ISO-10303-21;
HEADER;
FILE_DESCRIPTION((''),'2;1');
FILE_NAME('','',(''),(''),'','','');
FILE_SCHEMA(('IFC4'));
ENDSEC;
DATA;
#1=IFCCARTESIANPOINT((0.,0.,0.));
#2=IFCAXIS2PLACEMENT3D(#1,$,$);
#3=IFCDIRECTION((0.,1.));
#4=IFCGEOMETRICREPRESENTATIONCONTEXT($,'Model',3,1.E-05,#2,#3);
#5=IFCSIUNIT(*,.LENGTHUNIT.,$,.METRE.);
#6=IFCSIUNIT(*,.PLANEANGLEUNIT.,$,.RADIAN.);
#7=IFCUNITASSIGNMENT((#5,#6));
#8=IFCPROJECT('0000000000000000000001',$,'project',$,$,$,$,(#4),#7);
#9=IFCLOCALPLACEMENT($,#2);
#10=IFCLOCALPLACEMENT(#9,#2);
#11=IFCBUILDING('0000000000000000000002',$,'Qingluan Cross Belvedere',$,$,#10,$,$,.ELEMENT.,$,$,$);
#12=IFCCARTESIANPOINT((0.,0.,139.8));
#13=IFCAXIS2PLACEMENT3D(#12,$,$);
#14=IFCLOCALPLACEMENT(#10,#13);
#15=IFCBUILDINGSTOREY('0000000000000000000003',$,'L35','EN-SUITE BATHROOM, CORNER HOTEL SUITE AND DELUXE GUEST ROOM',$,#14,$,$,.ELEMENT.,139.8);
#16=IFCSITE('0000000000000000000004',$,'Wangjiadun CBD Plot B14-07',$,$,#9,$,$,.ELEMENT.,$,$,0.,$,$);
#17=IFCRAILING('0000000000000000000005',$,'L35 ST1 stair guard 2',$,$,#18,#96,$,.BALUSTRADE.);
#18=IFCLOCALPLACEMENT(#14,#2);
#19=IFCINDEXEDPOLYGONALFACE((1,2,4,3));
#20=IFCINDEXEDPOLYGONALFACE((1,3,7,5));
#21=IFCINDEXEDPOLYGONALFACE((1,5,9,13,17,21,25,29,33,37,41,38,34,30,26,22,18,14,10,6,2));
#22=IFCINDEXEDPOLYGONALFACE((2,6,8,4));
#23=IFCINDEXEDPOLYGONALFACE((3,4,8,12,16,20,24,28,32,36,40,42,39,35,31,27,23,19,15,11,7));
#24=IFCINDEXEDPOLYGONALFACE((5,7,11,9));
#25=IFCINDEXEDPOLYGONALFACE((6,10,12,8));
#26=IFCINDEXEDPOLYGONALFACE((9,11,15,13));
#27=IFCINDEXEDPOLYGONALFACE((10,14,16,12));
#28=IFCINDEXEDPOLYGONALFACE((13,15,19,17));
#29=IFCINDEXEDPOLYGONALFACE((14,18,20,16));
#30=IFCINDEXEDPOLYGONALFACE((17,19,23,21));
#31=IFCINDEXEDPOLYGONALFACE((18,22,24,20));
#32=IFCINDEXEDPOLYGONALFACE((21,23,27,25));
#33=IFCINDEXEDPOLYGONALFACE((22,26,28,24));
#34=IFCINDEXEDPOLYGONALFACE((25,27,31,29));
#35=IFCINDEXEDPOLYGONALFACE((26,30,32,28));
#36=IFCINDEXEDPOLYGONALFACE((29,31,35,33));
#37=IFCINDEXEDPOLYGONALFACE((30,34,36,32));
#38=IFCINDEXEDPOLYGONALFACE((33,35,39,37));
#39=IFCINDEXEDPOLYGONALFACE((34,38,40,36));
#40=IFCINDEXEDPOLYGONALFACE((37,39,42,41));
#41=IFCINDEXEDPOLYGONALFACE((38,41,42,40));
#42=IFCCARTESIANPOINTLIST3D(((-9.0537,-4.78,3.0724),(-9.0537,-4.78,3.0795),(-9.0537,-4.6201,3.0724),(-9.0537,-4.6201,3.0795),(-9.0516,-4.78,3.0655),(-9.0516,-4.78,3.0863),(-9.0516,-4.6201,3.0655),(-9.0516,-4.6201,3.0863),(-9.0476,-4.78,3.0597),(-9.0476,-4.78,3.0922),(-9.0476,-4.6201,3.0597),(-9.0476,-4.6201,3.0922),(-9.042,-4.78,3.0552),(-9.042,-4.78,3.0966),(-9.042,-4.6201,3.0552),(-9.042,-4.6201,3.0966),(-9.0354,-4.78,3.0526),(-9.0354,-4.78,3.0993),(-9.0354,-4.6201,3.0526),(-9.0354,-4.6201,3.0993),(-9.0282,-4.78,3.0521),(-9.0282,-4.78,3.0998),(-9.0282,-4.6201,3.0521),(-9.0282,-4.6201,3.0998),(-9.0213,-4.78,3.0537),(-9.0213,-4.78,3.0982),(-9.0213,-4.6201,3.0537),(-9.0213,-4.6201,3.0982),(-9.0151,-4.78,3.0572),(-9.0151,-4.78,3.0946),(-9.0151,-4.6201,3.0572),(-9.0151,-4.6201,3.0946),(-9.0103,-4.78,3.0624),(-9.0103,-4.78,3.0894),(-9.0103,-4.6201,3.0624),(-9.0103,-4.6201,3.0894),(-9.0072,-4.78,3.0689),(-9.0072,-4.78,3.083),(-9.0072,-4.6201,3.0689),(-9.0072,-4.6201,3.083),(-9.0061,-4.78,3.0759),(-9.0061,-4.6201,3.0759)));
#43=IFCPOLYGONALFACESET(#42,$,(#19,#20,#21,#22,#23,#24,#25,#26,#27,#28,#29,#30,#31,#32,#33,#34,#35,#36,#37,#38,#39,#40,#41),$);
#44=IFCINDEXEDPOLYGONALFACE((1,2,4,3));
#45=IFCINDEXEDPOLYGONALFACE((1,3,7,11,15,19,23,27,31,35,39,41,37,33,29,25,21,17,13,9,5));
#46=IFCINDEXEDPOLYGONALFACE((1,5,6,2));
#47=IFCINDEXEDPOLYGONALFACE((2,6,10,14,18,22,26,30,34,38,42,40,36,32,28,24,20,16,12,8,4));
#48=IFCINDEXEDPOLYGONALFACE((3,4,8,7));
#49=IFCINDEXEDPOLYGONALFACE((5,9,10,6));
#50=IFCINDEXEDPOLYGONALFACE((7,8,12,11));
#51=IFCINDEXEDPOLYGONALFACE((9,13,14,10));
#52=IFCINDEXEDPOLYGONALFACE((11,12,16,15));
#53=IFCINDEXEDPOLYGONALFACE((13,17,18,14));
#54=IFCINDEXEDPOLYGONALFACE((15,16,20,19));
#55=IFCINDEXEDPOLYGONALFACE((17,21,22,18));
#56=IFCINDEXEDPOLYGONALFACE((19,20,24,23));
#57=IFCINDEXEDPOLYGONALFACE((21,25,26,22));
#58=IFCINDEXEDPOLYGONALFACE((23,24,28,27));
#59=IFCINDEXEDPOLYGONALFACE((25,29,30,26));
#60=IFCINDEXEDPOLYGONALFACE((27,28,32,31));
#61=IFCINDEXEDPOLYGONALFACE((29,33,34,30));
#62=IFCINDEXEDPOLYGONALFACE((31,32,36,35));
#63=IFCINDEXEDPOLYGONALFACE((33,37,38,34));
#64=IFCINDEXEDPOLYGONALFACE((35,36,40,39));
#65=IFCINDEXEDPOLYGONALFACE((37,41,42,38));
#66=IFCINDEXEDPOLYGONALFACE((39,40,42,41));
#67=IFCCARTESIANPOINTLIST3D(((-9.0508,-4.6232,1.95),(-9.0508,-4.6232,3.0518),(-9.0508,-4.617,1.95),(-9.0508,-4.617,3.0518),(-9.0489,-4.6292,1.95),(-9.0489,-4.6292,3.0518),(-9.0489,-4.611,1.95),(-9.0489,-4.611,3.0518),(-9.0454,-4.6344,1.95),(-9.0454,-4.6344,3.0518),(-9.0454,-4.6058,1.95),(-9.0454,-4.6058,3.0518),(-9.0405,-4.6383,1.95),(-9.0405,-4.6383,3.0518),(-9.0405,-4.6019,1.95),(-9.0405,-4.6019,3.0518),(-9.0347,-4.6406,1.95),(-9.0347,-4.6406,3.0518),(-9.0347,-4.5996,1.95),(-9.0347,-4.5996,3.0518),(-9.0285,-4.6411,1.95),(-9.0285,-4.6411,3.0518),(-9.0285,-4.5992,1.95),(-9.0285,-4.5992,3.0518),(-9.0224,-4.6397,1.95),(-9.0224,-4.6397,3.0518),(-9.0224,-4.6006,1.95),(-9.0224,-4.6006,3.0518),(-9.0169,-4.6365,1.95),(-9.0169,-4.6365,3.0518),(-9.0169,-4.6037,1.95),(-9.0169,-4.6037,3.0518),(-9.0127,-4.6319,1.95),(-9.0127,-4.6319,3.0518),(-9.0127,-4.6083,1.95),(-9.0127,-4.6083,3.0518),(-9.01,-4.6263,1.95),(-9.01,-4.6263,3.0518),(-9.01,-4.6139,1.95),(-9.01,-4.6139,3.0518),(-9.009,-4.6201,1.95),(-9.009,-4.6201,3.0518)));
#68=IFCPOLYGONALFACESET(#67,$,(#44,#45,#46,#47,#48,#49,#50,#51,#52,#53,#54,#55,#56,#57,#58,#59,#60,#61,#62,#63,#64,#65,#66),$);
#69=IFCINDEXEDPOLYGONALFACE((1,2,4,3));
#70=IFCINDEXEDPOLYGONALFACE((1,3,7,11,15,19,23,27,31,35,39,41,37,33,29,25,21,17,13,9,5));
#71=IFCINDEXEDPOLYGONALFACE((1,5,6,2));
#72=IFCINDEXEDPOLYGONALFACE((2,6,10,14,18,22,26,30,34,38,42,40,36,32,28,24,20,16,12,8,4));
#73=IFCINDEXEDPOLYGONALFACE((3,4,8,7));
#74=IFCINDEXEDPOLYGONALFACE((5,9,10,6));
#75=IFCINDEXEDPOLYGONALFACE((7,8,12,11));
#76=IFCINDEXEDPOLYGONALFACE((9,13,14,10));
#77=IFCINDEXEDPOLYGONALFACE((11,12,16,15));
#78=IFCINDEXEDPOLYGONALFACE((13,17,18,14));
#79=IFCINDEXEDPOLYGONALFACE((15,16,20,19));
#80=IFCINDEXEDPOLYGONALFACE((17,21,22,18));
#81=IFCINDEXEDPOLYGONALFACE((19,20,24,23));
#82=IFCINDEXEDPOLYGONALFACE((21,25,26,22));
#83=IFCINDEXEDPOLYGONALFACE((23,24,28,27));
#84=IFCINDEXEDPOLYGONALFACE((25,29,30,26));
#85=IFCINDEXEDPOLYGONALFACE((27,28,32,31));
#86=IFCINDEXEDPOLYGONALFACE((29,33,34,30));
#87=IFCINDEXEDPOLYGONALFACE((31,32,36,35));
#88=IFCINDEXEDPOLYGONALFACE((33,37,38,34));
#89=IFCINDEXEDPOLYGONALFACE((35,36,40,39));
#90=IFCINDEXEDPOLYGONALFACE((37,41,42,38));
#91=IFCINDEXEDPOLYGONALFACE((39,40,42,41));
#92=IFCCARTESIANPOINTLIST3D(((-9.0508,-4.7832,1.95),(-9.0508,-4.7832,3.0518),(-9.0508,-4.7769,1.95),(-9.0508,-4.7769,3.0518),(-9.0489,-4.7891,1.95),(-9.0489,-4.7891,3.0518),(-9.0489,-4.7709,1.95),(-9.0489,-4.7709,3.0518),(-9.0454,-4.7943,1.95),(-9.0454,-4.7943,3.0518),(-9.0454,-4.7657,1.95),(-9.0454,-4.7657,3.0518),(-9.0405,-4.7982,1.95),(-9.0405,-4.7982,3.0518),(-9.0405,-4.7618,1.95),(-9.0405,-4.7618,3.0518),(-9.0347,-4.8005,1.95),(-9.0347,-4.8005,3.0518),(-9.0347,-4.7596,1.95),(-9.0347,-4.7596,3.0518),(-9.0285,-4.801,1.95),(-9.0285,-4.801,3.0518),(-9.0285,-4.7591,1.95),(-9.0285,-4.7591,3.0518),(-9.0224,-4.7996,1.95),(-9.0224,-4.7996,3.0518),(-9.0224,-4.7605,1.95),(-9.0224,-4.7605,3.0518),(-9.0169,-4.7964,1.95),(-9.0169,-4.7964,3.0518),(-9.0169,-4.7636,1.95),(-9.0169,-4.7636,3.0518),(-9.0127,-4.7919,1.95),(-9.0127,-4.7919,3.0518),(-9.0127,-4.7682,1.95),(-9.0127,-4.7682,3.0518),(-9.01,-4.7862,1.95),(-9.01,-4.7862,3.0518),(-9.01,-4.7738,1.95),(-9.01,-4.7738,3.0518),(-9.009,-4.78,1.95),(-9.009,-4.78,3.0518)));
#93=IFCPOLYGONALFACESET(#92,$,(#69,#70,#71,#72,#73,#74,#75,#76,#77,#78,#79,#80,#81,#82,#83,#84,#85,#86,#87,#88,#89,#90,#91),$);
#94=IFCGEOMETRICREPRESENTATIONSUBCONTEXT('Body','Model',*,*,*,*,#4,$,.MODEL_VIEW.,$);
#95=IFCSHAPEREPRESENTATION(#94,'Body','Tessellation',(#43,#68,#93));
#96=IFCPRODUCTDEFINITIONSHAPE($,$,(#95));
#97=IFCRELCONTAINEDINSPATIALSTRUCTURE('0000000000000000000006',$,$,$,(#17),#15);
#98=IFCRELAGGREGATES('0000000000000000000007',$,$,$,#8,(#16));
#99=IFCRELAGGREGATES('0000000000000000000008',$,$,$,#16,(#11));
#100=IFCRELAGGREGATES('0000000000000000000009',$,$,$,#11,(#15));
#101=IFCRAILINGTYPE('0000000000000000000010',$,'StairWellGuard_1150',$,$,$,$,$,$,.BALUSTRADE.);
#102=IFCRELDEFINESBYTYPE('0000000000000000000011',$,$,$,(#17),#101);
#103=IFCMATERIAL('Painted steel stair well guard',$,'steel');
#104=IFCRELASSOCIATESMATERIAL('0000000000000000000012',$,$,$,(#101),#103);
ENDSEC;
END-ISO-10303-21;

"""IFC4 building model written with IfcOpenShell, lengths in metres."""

from ifc_helpers import new_model, si_unit, direction, frame, origin, origin_2d, place, context, subcontext, project, spatial, circle, extrude, material, type_object, element, save


model = new_model("IFC4")

# Units and contexts
model_context = context("Model", 3, precision=1e-05, world=origin(), true_north=direction((0.0, 1.0)))
body_context = subcontext(model_context, "Body", "Model", "MODEL_VIEW")
ifc_project = project(units=[si_unit("LENGTHUNIT", "METRE"), si_unit("PLANEANGLEUNIT", "RADIAN")], contexts=[model_context])

# Site, building, storey
site_placement = place(None, origin())
site = spatial("IfcSite", under=ifc_project, at=site_placement, Name="Wangjiadun CBD Plot B14-07", CompositionType="ELEMENT", RefElevation=0.0)
building_placement = place(site_placement, origin())
building = spatial("IfcBuilding", under=site, at=building_placement, Name="Qingluan Cross Belvedere", CompositionType="ELEMENT")
storey_placement = place(building_placement, frame((0.0, 0.0, 139.8)))
storey = spatial("IfcBuildingStorey", under=building, at=storey_placement, Name="L35", Description="EN-SUITE BATHROOM, CORNER HOTEL SUITE AND DELUXE GUEST ROOM", CompositionType="ELEMENT", Elevation=139.8)

# Railing
ifc_material_1 = material(Name="Painted steel stair well guard", Category="steel")
railing_type_1 = type_object("IfcRailingType", Name="StairWellGuard_1150", PredefinedType="BALUSTRADE", material=ifc_material_1)
railing_1_placement = place(storey_placement, frame((-9.03, -4.6201, 1.95)))
element("IfcRailing", 1, at=railing_1_placement, inside=storey, type_object=railing_type_1, Name="L35 ST1 stair guard 2", PredefinedType="BALUSTRADE", context=body_context, shape_type="SweptSolid", body=[
    extrude(circle(Radius=0.0239, at=origin_2d()), frame((0.0, 0.0, 1.126), z_axis=(0.0, -1.0, 0.0), x_axis=(1.0, 0.0, 0.0)), (0.0, 0.0, 1.0), 0.1599),
    extrude(circle(Radius=0.021, at=origin_2d()), origin(), (0.0, 0.0, 1.0), 1.1018),
    extrude(circle(Radius=0.021, at=origin_2d()), frame((0.0, -0.1599, 0.0)), (0.0, 0.0, 1.0), 1.1018),
])

save(model, "model.ifc")
